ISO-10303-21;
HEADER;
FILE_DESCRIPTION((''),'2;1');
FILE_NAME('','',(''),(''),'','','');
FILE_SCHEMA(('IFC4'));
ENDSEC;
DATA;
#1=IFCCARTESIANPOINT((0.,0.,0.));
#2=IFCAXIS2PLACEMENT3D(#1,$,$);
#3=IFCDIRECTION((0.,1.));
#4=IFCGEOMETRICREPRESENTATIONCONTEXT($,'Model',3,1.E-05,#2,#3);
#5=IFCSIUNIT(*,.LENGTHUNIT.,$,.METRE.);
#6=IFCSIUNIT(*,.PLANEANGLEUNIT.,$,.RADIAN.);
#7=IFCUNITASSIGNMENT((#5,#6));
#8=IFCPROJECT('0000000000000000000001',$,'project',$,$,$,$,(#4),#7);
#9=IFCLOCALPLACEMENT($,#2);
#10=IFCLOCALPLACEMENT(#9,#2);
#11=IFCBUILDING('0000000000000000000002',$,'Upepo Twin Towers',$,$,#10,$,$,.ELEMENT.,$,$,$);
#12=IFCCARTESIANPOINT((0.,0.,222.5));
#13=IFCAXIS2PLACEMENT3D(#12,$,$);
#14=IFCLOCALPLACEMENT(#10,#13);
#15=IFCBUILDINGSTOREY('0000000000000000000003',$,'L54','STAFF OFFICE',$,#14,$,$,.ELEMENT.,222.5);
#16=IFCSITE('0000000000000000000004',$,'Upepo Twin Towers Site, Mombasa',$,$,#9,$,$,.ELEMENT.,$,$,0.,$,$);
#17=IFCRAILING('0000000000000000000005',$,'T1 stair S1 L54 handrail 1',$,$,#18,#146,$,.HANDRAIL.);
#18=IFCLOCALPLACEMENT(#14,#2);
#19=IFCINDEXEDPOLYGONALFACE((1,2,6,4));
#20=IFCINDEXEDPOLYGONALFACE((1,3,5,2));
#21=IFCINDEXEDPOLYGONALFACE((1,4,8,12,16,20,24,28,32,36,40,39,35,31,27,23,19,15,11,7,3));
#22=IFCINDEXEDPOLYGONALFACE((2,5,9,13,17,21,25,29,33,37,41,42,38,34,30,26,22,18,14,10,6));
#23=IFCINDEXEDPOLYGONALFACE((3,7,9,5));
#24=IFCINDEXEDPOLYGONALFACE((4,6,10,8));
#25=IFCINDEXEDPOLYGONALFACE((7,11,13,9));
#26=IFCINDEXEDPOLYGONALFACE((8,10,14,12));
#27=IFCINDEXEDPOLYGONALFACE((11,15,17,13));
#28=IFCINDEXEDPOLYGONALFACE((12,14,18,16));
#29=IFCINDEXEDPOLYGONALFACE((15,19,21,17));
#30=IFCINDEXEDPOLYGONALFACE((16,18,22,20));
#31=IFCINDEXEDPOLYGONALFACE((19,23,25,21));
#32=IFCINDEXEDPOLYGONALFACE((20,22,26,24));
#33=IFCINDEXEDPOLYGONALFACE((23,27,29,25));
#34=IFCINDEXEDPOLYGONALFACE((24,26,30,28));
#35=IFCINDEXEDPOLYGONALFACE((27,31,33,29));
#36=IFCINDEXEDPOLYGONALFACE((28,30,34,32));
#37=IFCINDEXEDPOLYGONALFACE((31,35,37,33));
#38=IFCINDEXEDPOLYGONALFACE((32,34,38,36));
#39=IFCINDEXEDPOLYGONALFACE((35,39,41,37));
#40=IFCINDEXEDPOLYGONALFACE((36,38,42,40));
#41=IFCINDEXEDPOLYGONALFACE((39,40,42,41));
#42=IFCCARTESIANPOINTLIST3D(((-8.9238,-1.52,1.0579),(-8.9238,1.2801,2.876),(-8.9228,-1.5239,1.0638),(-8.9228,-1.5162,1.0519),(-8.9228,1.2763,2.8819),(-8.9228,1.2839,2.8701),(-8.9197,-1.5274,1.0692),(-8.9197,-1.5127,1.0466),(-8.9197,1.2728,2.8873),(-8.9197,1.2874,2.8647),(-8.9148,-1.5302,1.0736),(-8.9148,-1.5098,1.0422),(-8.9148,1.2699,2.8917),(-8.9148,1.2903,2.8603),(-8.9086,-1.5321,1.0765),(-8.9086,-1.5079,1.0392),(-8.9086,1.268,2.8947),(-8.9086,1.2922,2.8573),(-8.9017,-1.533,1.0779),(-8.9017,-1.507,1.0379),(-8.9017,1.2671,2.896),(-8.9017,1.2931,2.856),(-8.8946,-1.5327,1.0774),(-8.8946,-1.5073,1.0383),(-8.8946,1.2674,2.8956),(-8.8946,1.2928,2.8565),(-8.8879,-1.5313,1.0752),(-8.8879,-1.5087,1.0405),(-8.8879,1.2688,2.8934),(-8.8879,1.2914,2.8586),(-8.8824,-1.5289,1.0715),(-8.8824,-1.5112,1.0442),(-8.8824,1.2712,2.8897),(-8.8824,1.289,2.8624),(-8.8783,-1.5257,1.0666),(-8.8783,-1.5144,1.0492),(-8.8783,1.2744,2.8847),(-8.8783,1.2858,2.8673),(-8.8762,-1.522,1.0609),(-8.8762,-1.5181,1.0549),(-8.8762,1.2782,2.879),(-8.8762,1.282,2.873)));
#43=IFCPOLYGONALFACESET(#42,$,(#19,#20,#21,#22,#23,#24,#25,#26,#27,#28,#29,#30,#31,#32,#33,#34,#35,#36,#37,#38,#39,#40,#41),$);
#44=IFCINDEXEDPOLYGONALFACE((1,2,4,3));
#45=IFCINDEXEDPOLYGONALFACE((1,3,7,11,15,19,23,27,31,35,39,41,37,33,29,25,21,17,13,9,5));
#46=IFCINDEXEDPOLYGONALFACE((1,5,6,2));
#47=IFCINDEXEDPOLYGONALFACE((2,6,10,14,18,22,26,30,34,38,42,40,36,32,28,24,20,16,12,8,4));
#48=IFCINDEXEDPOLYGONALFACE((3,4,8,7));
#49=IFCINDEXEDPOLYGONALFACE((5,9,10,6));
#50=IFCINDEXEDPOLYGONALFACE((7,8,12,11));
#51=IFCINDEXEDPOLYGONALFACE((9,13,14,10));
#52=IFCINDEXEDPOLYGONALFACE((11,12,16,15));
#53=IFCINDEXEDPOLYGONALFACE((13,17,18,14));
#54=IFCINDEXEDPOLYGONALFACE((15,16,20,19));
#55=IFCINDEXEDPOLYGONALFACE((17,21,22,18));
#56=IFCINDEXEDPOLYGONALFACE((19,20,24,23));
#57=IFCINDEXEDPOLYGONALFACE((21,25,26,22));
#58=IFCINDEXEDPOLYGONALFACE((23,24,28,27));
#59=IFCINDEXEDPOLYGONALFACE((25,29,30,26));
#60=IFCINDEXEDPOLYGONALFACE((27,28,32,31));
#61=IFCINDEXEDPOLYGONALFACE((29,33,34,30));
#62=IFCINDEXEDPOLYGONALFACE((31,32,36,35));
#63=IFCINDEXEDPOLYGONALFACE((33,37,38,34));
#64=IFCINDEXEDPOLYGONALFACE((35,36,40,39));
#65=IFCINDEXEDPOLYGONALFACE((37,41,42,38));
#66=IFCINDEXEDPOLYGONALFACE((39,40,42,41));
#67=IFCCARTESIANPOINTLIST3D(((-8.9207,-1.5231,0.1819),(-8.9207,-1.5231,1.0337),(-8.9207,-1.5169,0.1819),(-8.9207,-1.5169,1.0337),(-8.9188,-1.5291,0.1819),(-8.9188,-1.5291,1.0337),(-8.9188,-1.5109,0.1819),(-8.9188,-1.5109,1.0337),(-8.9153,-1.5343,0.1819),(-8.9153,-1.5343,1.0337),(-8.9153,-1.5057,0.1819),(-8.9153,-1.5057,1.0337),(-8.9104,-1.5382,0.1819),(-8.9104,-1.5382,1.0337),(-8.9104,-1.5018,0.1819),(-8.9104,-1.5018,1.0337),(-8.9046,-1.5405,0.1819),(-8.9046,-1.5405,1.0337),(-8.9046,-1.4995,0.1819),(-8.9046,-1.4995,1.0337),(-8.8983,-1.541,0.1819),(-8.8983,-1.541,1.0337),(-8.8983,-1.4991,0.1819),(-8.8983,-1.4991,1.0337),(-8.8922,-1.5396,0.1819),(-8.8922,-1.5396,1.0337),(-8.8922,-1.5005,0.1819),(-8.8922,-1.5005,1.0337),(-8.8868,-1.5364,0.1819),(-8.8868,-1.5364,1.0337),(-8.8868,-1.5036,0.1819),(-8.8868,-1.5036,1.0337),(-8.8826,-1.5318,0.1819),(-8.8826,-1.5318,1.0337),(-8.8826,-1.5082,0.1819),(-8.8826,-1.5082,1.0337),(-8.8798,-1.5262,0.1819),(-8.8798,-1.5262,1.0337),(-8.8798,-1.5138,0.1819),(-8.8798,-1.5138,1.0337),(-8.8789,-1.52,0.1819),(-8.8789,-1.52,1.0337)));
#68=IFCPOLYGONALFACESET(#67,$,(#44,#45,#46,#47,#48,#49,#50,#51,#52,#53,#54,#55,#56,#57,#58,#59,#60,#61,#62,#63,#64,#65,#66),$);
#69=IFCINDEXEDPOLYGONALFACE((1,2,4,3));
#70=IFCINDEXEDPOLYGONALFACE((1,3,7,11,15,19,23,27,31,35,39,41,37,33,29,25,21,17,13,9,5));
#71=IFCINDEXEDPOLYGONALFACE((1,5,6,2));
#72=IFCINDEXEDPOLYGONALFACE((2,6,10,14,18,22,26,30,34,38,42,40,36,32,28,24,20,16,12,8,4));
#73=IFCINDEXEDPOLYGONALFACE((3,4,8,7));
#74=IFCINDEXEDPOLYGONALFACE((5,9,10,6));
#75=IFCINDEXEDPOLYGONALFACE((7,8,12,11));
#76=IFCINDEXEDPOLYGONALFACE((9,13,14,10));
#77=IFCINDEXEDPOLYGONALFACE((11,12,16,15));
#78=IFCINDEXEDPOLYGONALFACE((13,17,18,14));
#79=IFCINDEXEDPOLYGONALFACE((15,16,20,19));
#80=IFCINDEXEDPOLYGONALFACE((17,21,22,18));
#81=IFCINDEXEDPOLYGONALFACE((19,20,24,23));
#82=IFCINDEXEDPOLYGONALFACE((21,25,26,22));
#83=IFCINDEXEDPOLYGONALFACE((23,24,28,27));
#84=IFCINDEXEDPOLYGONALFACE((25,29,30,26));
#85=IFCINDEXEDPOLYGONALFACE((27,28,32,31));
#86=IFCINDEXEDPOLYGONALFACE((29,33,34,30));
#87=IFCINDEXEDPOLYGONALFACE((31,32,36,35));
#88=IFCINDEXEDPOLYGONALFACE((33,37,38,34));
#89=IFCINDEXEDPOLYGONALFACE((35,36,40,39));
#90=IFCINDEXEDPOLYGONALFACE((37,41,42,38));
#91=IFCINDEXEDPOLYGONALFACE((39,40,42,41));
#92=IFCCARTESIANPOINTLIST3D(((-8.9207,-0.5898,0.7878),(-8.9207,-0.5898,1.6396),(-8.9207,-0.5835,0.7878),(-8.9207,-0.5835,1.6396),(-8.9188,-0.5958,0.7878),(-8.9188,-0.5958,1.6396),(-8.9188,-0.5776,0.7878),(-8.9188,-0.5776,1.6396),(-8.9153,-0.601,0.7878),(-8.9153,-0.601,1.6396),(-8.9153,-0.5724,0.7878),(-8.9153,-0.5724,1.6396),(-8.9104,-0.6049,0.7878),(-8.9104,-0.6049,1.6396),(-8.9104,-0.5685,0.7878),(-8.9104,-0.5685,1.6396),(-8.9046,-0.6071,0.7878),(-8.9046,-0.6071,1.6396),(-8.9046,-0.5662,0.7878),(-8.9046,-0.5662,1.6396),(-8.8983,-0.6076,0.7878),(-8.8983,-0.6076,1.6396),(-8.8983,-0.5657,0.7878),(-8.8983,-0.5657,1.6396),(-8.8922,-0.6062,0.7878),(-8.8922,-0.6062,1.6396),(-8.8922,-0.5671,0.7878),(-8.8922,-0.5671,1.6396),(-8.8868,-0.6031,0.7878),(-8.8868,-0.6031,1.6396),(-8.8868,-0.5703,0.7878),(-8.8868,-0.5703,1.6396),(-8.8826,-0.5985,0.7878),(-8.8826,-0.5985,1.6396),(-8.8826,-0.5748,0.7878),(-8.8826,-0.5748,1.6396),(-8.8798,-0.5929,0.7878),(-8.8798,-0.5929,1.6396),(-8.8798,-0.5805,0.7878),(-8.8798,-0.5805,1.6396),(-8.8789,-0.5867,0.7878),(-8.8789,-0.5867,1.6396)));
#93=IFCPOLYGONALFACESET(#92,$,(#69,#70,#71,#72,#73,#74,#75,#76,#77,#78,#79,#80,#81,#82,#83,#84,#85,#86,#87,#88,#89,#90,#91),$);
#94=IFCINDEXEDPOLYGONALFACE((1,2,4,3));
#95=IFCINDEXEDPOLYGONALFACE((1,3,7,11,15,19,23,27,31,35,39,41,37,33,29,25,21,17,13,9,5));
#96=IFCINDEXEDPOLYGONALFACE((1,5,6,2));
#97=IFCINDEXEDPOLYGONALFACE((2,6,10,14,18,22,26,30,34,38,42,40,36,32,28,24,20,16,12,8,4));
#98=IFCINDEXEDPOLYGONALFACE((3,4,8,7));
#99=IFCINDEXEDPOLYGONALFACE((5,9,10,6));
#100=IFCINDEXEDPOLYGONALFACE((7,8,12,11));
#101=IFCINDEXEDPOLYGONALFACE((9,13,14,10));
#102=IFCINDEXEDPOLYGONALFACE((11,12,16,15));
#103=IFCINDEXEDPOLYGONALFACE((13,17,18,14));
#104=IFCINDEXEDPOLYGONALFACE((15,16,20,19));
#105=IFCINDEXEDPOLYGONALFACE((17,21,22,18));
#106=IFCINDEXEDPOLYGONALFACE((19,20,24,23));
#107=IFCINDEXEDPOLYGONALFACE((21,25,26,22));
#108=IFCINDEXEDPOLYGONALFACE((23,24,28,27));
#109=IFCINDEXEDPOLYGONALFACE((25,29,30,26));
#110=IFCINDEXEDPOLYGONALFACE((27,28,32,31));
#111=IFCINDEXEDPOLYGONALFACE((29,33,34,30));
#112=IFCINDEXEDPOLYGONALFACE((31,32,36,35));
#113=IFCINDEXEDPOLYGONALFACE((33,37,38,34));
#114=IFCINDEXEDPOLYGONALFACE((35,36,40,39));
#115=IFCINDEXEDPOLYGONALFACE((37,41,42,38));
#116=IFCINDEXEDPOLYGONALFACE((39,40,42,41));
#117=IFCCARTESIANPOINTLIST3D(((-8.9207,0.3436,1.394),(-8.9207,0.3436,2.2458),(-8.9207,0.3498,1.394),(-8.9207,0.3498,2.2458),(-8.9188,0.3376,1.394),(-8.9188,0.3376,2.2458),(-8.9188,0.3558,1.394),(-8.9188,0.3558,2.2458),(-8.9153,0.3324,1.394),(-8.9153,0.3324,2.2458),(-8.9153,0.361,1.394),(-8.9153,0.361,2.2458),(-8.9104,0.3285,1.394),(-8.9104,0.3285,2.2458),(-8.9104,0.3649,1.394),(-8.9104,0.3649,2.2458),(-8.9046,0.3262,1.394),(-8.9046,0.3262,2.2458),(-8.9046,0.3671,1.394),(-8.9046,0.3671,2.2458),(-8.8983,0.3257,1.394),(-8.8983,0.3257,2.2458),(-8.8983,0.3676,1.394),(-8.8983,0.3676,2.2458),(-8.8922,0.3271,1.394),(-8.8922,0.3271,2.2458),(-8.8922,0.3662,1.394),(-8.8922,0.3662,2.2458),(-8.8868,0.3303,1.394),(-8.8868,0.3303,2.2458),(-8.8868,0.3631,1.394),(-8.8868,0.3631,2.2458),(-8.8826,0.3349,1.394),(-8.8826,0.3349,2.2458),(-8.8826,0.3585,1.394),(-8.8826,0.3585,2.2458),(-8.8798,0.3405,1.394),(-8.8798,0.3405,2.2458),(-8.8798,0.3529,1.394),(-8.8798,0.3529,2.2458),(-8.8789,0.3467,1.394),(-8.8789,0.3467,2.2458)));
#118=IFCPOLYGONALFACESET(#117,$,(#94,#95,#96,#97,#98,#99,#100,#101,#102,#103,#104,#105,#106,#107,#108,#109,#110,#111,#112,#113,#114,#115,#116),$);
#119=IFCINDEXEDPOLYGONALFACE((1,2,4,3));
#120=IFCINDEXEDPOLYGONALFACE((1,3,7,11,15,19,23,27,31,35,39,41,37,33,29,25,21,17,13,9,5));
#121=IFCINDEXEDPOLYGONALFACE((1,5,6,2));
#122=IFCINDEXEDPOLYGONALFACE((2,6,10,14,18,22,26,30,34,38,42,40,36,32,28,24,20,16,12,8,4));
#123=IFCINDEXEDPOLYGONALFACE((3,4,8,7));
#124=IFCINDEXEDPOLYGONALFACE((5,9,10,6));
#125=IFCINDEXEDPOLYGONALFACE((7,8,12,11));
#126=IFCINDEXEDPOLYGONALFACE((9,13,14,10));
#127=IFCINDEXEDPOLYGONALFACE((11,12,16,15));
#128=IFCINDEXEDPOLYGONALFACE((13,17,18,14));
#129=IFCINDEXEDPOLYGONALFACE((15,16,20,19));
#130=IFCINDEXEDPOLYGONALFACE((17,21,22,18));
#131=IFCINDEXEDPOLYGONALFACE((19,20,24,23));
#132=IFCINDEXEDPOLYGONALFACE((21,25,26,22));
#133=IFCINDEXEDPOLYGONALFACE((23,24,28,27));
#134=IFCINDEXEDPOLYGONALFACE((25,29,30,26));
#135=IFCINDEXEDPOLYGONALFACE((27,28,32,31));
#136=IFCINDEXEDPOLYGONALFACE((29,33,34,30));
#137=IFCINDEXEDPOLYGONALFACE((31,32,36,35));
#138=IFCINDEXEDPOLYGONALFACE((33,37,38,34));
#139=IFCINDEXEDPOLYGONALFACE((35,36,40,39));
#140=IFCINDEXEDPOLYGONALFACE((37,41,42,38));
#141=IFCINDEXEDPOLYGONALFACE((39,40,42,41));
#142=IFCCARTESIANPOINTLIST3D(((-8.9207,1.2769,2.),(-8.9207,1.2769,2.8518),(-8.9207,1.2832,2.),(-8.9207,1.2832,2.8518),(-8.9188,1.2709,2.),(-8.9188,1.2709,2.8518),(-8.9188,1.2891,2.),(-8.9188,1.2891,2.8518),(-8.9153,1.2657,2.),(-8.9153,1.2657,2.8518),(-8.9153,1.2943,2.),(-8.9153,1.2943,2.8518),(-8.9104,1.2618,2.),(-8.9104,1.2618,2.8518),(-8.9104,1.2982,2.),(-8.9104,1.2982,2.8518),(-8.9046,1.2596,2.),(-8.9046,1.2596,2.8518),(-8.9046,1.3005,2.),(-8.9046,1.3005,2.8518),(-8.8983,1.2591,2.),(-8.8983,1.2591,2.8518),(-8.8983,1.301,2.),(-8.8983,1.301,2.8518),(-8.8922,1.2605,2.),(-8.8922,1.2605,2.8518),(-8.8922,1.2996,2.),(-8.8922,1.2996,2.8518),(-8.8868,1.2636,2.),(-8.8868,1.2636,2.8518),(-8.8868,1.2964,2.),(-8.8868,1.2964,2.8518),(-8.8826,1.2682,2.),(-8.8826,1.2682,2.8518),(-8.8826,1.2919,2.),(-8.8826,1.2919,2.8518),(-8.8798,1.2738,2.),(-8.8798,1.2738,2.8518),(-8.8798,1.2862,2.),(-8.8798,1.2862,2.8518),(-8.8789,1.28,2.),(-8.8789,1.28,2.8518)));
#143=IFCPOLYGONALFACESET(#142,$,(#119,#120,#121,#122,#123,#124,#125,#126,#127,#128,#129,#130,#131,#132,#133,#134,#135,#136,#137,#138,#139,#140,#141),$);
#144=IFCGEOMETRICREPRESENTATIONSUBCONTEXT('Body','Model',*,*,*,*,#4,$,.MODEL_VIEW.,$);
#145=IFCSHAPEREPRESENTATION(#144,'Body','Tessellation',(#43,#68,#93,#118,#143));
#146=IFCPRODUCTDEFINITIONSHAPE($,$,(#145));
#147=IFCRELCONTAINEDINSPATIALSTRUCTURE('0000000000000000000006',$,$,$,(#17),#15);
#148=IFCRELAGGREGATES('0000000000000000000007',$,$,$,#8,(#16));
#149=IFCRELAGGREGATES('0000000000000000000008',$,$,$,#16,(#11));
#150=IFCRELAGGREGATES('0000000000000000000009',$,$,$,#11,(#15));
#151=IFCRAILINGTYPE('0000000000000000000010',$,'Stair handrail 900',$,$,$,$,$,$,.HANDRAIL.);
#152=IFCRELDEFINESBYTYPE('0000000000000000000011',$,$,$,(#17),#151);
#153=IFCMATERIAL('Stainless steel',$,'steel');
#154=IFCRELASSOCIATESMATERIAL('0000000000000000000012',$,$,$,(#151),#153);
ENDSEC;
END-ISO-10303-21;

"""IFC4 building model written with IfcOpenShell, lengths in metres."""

from ifc_helpers import new_model, si_unit, direction, frame, origin, origin_2d, place, context, subcontext, project, spatial, circle, extrude, material, type_object, element, save


model = new_model("IFC4")

# Units and contexts
model_context = context("Model", 3, precision=1e-05, world=origin(), true_north=direction((0.0, 1.0)))
body_context = subcontext(model_context, "Body", "Model", "MODEL_VIEW")
ifc_project = project(units=[si_unit("LENGTHUNIT", "METRE"), si_unit("PLANEANGLEUNIT", "RADIAN")], contexts=[model_context])

# Site, building, storey
site_placement = place(None, origin())
site = spatial("IfcSite", under=ifc_project, at=site_placement, Name="Upepo Twin Towers Site, Mombasa", CompositionType="ELEMENT", RefElevation=0.0)
building_placement = place(site_placement, origin())
building = spatial("IfcBuilding", under=site, at=building_placement, Name="Upepo Twin Towers", CompositionType="ELEMENT")
storey_placement = place(building_placement, frame((0.0, 0.0, 222.5)))
storey = spatial("IfcBuildingStorey", under=building, at=storey_placement, Name="L54", Description="STAFF OFFICE", CompositionType="ELEMENT", Elevation=222.5)

# Railing
ifc_material_1 = material(Name="Stainless steel", Category="steel")
railing_type = type_object("IfcRailingType", Name="Stair handrail 900", PredefinedType="HANDRAIL", material=ifc_material_1)
railing_placement = place(storey_placement, frame((-8.8999, -1.52, 0.1819)))
element("IfcRailing", 1, at=railing_placement, inside=storey, type_object=railing_type, Name="T1 stair S1 L54 handrail 1", PredefinedType="HANDRAIL", context=body_context, shape_type="SweptSolid", body=[
    extrude(circle(Radius=0.0239, at=origin_2d()), frame((0.0, 0.0, 0.876), z_axis=(0.0, 0.838706, 0.544585), x_axis=(-1.0, 0.0, 0.0)), (0.0, 0.0, 1.0), 3.3386),
    extrude(circle(Radius=0.021, at=origin_2d()), origin(), (0.0, 0.0, 1.0), 0.8518),
    extrude(circle(Radius=0.021, at=origin_2d()), frame((0.0, 0.9333, 0.606)), (0.0, 0.0, 1.0), 0.8518),
    extrude(circle(Radius=0.021, at=origin_2d()), frame((0.0, 1.8667, 1.2122)), (0.0, 0.0, 1.0), 0.8518),
    extrude(circle(Radius=0.021, at=origin_2d()), frame((0.0, 2.8, 1.8181)), (0.0, 0.0, 1.0), 0.8518),
])

save(model, "model.ifc")
